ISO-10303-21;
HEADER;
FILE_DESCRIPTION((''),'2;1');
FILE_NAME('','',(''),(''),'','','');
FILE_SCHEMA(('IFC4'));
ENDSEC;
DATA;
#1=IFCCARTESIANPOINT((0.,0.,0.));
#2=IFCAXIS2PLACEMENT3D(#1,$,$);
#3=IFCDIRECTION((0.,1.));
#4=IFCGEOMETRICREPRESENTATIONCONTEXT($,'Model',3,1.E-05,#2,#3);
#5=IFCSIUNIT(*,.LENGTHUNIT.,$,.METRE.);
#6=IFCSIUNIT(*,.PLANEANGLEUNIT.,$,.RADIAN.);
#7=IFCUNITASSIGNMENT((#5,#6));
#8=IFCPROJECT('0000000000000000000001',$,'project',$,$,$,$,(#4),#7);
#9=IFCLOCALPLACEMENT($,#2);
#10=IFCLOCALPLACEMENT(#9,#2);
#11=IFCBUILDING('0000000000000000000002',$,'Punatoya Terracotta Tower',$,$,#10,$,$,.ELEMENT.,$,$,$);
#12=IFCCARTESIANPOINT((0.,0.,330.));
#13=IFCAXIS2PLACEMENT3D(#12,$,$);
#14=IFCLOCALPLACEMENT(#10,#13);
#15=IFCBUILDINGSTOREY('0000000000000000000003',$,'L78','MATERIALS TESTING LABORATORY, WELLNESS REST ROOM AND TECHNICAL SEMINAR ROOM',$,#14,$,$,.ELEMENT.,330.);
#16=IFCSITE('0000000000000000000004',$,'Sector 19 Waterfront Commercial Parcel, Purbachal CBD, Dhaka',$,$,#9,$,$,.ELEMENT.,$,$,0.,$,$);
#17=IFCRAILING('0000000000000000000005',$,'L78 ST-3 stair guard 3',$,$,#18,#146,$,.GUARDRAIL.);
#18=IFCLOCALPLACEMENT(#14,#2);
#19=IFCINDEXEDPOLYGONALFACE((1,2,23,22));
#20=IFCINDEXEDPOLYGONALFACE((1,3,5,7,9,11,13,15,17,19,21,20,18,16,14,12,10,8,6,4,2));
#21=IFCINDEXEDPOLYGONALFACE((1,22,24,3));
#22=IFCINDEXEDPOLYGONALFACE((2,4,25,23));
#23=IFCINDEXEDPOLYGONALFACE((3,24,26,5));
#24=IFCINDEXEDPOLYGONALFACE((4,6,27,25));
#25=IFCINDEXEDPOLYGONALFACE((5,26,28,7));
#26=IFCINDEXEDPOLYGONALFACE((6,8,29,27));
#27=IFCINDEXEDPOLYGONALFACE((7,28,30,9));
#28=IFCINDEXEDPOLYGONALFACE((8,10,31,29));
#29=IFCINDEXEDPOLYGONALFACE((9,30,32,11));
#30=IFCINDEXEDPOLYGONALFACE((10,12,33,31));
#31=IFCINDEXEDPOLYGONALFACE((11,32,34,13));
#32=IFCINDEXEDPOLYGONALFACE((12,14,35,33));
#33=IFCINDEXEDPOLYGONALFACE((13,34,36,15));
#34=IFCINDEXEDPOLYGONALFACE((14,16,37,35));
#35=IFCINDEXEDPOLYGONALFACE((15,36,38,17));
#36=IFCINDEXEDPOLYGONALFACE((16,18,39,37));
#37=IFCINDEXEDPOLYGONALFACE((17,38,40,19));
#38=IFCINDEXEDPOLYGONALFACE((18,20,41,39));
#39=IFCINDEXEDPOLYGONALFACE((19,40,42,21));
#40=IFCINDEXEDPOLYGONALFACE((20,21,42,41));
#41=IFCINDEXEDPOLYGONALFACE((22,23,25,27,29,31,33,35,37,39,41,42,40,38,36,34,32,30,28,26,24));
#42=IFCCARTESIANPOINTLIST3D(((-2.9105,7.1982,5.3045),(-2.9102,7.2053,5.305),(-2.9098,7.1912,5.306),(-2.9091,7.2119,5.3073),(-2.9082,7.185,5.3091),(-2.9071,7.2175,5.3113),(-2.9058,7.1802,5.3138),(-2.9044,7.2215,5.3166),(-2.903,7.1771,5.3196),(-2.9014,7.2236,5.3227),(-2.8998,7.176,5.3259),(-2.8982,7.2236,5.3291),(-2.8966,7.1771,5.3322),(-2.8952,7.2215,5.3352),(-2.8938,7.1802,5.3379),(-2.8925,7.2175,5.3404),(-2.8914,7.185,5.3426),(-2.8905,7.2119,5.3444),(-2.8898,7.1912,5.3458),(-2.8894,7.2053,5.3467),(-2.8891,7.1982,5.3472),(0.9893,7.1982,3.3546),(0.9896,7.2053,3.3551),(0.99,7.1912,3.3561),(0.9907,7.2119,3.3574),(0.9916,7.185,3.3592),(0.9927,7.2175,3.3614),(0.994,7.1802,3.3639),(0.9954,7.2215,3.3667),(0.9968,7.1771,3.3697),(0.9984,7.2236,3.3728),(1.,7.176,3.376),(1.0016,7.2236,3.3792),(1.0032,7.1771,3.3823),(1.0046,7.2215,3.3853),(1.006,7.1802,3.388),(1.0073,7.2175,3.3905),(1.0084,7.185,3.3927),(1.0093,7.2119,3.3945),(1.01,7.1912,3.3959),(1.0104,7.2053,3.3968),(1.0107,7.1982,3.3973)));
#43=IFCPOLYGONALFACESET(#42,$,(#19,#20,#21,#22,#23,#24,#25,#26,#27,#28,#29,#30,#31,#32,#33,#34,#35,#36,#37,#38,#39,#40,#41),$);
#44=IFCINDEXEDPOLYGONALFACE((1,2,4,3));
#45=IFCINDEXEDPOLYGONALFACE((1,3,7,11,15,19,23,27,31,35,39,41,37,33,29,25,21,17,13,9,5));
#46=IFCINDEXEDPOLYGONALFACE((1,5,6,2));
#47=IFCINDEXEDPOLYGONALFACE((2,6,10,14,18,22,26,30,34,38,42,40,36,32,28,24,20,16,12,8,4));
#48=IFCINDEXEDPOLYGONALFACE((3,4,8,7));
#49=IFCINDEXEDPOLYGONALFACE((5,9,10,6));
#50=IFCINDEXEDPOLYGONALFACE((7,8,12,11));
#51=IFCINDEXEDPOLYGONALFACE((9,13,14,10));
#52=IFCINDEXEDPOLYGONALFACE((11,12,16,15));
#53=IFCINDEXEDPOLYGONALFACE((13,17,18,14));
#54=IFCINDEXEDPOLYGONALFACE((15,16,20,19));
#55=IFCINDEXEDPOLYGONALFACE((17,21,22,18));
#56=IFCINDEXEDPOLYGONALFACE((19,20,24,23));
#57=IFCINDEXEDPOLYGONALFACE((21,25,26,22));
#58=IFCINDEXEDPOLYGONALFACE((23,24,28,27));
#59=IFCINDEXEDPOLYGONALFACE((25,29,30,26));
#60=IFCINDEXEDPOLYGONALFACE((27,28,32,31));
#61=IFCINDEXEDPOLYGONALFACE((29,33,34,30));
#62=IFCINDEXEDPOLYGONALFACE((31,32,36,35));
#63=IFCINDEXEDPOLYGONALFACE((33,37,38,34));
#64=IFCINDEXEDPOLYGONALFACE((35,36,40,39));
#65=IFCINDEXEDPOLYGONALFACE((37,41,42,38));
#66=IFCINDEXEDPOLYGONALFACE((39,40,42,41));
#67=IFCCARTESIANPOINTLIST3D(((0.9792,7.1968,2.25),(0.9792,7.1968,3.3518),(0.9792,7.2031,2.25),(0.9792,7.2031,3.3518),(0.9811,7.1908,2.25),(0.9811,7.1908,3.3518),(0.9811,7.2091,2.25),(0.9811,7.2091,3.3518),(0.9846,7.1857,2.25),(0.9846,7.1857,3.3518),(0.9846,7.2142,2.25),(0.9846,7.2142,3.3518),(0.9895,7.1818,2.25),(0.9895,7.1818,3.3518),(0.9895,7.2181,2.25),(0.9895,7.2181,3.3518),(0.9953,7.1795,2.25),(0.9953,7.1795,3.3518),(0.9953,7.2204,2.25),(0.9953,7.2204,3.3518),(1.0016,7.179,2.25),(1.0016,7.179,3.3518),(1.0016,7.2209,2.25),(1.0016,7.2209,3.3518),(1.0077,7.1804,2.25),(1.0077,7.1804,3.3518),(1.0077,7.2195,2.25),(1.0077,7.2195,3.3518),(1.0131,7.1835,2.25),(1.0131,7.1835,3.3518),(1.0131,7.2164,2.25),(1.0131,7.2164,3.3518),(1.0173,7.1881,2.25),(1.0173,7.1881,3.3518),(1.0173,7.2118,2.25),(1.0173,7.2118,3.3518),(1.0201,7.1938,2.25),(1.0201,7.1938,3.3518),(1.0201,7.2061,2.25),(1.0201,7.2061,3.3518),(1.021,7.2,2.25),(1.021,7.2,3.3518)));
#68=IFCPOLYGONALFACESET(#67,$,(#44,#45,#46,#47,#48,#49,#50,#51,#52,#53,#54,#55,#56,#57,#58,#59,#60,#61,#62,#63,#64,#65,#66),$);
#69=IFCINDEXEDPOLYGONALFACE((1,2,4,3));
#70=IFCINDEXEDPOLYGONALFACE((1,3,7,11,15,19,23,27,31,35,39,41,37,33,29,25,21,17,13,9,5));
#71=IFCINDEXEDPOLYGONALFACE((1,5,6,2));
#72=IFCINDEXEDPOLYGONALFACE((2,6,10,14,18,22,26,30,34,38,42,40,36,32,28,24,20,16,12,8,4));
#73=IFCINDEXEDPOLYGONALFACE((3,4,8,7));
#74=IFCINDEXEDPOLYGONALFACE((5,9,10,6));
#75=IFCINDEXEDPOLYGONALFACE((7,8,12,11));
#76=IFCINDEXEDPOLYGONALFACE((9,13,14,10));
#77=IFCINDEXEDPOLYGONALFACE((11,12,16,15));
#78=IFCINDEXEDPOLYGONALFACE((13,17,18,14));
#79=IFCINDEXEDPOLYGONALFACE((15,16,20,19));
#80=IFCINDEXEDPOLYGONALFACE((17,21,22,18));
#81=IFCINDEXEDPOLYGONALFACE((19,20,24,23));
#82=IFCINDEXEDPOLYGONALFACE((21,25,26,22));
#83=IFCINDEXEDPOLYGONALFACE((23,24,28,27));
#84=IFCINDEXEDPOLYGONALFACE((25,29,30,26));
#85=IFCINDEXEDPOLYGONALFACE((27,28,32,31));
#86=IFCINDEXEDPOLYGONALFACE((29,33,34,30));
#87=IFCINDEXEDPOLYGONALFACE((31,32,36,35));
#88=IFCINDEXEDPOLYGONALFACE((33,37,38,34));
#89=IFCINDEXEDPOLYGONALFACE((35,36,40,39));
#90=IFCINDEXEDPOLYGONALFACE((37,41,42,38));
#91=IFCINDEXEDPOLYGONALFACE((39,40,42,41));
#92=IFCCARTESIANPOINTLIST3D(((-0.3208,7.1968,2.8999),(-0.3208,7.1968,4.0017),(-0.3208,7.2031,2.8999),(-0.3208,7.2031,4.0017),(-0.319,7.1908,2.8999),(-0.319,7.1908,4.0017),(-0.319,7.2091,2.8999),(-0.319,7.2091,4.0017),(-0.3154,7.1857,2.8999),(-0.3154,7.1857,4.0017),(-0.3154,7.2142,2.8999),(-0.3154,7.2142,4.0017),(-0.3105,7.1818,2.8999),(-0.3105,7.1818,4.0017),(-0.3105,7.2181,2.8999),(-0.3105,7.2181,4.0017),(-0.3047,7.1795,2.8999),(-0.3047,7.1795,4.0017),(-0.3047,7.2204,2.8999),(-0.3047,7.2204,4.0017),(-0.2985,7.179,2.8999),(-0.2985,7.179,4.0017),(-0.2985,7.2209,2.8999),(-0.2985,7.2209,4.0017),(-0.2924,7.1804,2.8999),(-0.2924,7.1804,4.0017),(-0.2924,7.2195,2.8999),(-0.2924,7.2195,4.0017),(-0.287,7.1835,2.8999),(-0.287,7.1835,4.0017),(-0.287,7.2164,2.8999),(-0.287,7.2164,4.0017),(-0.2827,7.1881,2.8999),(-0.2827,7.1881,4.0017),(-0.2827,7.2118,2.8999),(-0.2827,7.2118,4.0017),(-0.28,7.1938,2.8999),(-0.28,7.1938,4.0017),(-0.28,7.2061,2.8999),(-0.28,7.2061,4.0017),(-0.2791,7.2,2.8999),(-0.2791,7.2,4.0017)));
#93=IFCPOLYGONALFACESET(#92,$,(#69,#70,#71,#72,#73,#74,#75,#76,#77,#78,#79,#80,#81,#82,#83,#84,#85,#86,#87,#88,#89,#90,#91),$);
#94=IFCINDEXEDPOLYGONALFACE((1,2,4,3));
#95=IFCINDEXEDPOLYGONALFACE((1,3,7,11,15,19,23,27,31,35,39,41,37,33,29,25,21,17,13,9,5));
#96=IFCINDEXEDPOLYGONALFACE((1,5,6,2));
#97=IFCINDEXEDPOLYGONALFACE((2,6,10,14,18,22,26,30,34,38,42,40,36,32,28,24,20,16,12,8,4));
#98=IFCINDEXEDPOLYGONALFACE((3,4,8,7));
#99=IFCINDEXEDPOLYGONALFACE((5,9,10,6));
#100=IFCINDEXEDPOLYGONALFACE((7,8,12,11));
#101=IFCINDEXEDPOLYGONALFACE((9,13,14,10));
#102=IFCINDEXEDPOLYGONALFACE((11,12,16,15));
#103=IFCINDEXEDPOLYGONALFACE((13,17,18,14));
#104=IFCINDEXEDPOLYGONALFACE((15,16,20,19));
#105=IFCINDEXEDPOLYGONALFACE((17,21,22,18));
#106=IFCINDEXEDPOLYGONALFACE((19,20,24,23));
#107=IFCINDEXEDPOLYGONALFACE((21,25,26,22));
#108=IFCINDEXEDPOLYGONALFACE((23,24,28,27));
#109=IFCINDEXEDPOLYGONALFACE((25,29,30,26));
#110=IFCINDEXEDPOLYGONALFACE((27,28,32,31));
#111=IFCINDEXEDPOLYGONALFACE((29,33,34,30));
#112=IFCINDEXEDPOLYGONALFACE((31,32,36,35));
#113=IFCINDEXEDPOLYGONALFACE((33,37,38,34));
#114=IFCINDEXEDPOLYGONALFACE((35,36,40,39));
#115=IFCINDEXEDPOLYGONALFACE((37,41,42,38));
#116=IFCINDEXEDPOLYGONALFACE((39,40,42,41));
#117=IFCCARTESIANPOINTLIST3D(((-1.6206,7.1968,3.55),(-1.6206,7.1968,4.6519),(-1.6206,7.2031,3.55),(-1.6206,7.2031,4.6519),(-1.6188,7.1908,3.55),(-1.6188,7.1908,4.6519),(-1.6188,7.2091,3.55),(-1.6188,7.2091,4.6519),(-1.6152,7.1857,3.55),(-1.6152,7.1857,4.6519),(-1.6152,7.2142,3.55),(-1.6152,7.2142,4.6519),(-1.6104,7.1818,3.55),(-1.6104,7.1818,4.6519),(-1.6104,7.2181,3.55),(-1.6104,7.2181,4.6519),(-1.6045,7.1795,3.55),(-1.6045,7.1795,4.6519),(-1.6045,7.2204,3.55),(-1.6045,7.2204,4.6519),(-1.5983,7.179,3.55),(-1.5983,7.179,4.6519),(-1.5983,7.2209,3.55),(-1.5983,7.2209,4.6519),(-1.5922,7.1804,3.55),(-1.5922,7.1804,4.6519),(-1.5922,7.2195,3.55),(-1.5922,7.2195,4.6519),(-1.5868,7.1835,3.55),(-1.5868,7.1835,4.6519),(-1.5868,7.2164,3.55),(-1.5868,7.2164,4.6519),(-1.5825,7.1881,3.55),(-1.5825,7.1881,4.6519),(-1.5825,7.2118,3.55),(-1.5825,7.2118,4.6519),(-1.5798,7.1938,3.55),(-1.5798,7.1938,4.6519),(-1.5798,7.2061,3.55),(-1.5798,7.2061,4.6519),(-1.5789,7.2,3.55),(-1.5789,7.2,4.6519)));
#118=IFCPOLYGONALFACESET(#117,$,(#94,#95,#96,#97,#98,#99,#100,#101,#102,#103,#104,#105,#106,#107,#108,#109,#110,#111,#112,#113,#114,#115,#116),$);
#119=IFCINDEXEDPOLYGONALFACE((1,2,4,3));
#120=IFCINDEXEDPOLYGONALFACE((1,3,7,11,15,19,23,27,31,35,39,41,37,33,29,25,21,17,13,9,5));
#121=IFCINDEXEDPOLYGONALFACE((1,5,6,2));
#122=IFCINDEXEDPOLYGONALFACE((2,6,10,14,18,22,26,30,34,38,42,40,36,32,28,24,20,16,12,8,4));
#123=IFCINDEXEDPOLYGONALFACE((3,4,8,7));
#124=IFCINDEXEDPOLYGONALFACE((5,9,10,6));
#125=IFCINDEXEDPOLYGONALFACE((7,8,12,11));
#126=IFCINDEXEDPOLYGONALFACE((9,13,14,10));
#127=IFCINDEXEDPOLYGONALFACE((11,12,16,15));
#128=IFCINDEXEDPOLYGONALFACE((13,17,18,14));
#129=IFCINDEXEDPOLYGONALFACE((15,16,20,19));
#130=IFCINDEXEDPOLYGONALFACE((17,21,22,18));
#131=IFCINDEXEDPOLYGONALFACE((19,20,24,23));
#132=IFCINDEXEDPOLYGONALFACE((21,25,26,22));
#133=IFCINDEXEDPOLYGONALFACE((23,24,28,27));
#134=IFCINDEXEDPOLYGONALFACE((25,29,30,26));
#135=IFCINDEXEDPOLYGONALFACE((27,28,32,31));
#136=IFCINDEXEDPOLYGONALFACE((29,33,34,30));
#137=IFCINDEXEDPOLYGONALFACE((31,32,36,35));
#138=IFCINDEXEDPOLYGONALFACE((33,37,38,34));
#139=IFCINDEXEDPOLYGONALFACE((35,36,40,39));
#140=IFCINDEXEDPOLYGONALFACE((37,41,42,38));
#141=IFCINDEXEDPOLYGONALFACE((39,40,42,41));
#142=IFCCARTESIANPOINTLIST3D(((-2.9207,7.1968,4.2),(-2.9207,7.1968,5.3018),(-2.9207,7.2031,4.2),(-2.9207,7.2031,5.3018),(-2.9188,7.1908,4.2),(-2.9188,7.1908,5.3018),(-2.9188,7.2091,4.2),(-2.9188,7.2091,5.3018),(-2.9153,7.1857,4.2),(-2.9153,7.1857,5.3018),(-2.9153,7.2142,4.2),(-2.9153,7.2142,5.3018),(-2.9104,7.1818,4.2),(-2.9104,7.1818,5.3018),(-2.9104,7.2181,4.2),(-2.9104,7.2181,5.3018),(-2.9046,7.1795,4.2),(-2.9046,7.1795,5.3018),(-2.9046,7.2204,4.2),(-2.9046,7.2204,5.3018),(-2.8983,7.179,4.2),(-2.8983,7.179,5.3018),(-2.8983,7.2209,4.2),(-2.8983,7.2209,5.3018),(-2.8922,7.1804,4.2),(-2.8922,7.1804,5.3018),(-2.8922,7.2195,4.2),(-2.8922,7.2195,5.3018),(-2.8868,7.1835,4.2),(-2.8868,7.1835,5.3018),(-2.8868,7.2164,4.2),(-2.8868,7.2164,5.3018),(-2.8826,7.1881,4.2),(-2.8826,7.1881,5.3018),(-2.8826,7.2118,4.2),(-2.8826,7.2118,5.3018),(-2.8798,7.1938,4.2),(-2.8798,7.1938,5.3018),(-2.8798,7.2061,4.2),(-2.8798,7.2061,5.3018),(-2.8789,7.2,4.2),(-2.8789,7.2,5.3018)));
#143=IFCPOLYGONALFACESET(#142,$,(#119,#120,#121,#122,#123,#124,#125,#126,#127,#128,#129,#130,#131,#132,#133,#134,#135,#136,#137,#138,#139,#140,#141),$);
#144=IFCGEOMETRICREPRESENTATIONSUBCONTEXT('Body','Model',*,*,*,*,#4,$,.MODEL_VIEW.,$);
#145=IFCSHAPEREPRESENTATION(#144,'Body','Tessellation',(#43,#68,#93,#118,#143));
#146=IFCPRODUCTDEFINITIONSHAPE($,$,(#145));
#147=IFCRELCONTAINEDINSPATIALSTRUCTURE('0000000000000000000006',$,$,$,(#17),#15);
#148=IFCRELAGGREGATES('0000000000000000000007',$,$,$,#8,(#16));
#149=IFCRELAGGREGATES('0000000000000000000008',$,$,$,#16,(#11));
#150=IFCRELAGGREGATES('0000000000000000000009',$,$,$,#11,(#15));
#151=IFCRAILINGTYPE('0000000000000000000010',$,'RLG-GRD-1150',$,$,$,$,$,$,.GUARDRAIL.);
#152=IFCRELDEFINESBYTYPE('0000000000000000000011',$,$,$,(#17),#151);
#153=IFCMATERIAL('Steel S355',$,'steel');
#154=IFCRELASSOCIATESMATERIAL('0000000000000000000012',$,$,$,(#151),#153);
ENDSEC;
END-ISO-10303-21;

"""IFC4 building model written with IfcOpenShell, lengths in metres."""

from ifc_helpers import new_model, si_unit, direction, frame, origin, origin_2d, place, context, subcontext, project, spatial, circle, extrude, material, type_object, element, save


model = new_model("IFC4")

# Units and contexts
model_context = context("Model", 3, precision=1e-05, world=origin(), true_north=direction((0.0, 1.0)))
body_context = subcontext(model_context, "Body", "Model", "MODEL_VIEW")
ifc_project = project(units=[si_unit("LENGTHUNIT", "METRE"), si_unit("PLANEANGLEUNIT", "RADIAN")], contexts=[model_context])

# Site, building, storey
site_placement = place(None, origin())
site = spatial("IfcSite", under=ifc_project, at=site_placement, Name="Sector 19 Waterfront Commercial Parcel, Purbachal CBD, Dhaka", CompositionType="ELEMENT", RefElevation=0.0)
building_placement = place(site_placement, origin())
building = spatial("IfcBuilding", under=site, at=building_placement, Name="Punatoya Terracotta Tower", CompositionType="ELEMENT")
storey_placement = place(building_placement, frame((0.0, 0.0, 330.0)))
storey = spatial("IfcBuildingStorey", under=building, at=storey_placement, Name="L78", Description="MATERIALS TESTING LABORATORY, WELLNESS REST ROOM AND TECHNICAL SEMINAR ROOM", CompositionType="ELEMENT", Elevation=330.0)

# Shared definitions
ifc_material_1 = material(Name="Steel S355", Category="steel")

# Railing
railing_type_1 = type_object("IfcRailingType", Name="RLG-GRD-1150", PredefinedType="GUARDRAIL", material=ifc_material_1)
railing_1_placement = place(storey_placement, frame((1.0, 7.2, 2.25)))
element("IfcRailing", 1, at=railing_1_placement, inside=storey, type_object=railing_type_1, Name="L78 ST-3 stair guard 3", PredefinedType="GUARDRAIL", context=body_context, shape_type="SweptSolid", body=[
    extrude(circle(Radius=0.0239, at=origin_2d()), frame((0.0, 0.0, 1.126), z_axis=(-0.894427, 0.0, 0.447214), x_axis=(0.0, -1.0, 0.0)), (0.0, 0.0, 1.0), 4.3601),
    extrude(circle(Radius=0.021, at=origin_2d()), origin(), (0.0, 0.0, 1.0), 1.1018),
    extrude(circle(Radius=0.021, at=origin_2d()), frame((-1.3, 0.0, 0.6499)), (0.0, 0.0, 1.0), 1.1018),
    extrude(circle(Radius=0.021, at=origin_2d()), frame((-2.5999, 0.0, 1.3)), (0.0, 0.0, 1.0), 1.1018),
    extrude(circle(Radius=0.021, at=origin_2d()), frame((-3.8999, 0.0, 1.95)), (0.0, 0.0, 1.0), 1.1018),
])

save(model, "model.ifc")
